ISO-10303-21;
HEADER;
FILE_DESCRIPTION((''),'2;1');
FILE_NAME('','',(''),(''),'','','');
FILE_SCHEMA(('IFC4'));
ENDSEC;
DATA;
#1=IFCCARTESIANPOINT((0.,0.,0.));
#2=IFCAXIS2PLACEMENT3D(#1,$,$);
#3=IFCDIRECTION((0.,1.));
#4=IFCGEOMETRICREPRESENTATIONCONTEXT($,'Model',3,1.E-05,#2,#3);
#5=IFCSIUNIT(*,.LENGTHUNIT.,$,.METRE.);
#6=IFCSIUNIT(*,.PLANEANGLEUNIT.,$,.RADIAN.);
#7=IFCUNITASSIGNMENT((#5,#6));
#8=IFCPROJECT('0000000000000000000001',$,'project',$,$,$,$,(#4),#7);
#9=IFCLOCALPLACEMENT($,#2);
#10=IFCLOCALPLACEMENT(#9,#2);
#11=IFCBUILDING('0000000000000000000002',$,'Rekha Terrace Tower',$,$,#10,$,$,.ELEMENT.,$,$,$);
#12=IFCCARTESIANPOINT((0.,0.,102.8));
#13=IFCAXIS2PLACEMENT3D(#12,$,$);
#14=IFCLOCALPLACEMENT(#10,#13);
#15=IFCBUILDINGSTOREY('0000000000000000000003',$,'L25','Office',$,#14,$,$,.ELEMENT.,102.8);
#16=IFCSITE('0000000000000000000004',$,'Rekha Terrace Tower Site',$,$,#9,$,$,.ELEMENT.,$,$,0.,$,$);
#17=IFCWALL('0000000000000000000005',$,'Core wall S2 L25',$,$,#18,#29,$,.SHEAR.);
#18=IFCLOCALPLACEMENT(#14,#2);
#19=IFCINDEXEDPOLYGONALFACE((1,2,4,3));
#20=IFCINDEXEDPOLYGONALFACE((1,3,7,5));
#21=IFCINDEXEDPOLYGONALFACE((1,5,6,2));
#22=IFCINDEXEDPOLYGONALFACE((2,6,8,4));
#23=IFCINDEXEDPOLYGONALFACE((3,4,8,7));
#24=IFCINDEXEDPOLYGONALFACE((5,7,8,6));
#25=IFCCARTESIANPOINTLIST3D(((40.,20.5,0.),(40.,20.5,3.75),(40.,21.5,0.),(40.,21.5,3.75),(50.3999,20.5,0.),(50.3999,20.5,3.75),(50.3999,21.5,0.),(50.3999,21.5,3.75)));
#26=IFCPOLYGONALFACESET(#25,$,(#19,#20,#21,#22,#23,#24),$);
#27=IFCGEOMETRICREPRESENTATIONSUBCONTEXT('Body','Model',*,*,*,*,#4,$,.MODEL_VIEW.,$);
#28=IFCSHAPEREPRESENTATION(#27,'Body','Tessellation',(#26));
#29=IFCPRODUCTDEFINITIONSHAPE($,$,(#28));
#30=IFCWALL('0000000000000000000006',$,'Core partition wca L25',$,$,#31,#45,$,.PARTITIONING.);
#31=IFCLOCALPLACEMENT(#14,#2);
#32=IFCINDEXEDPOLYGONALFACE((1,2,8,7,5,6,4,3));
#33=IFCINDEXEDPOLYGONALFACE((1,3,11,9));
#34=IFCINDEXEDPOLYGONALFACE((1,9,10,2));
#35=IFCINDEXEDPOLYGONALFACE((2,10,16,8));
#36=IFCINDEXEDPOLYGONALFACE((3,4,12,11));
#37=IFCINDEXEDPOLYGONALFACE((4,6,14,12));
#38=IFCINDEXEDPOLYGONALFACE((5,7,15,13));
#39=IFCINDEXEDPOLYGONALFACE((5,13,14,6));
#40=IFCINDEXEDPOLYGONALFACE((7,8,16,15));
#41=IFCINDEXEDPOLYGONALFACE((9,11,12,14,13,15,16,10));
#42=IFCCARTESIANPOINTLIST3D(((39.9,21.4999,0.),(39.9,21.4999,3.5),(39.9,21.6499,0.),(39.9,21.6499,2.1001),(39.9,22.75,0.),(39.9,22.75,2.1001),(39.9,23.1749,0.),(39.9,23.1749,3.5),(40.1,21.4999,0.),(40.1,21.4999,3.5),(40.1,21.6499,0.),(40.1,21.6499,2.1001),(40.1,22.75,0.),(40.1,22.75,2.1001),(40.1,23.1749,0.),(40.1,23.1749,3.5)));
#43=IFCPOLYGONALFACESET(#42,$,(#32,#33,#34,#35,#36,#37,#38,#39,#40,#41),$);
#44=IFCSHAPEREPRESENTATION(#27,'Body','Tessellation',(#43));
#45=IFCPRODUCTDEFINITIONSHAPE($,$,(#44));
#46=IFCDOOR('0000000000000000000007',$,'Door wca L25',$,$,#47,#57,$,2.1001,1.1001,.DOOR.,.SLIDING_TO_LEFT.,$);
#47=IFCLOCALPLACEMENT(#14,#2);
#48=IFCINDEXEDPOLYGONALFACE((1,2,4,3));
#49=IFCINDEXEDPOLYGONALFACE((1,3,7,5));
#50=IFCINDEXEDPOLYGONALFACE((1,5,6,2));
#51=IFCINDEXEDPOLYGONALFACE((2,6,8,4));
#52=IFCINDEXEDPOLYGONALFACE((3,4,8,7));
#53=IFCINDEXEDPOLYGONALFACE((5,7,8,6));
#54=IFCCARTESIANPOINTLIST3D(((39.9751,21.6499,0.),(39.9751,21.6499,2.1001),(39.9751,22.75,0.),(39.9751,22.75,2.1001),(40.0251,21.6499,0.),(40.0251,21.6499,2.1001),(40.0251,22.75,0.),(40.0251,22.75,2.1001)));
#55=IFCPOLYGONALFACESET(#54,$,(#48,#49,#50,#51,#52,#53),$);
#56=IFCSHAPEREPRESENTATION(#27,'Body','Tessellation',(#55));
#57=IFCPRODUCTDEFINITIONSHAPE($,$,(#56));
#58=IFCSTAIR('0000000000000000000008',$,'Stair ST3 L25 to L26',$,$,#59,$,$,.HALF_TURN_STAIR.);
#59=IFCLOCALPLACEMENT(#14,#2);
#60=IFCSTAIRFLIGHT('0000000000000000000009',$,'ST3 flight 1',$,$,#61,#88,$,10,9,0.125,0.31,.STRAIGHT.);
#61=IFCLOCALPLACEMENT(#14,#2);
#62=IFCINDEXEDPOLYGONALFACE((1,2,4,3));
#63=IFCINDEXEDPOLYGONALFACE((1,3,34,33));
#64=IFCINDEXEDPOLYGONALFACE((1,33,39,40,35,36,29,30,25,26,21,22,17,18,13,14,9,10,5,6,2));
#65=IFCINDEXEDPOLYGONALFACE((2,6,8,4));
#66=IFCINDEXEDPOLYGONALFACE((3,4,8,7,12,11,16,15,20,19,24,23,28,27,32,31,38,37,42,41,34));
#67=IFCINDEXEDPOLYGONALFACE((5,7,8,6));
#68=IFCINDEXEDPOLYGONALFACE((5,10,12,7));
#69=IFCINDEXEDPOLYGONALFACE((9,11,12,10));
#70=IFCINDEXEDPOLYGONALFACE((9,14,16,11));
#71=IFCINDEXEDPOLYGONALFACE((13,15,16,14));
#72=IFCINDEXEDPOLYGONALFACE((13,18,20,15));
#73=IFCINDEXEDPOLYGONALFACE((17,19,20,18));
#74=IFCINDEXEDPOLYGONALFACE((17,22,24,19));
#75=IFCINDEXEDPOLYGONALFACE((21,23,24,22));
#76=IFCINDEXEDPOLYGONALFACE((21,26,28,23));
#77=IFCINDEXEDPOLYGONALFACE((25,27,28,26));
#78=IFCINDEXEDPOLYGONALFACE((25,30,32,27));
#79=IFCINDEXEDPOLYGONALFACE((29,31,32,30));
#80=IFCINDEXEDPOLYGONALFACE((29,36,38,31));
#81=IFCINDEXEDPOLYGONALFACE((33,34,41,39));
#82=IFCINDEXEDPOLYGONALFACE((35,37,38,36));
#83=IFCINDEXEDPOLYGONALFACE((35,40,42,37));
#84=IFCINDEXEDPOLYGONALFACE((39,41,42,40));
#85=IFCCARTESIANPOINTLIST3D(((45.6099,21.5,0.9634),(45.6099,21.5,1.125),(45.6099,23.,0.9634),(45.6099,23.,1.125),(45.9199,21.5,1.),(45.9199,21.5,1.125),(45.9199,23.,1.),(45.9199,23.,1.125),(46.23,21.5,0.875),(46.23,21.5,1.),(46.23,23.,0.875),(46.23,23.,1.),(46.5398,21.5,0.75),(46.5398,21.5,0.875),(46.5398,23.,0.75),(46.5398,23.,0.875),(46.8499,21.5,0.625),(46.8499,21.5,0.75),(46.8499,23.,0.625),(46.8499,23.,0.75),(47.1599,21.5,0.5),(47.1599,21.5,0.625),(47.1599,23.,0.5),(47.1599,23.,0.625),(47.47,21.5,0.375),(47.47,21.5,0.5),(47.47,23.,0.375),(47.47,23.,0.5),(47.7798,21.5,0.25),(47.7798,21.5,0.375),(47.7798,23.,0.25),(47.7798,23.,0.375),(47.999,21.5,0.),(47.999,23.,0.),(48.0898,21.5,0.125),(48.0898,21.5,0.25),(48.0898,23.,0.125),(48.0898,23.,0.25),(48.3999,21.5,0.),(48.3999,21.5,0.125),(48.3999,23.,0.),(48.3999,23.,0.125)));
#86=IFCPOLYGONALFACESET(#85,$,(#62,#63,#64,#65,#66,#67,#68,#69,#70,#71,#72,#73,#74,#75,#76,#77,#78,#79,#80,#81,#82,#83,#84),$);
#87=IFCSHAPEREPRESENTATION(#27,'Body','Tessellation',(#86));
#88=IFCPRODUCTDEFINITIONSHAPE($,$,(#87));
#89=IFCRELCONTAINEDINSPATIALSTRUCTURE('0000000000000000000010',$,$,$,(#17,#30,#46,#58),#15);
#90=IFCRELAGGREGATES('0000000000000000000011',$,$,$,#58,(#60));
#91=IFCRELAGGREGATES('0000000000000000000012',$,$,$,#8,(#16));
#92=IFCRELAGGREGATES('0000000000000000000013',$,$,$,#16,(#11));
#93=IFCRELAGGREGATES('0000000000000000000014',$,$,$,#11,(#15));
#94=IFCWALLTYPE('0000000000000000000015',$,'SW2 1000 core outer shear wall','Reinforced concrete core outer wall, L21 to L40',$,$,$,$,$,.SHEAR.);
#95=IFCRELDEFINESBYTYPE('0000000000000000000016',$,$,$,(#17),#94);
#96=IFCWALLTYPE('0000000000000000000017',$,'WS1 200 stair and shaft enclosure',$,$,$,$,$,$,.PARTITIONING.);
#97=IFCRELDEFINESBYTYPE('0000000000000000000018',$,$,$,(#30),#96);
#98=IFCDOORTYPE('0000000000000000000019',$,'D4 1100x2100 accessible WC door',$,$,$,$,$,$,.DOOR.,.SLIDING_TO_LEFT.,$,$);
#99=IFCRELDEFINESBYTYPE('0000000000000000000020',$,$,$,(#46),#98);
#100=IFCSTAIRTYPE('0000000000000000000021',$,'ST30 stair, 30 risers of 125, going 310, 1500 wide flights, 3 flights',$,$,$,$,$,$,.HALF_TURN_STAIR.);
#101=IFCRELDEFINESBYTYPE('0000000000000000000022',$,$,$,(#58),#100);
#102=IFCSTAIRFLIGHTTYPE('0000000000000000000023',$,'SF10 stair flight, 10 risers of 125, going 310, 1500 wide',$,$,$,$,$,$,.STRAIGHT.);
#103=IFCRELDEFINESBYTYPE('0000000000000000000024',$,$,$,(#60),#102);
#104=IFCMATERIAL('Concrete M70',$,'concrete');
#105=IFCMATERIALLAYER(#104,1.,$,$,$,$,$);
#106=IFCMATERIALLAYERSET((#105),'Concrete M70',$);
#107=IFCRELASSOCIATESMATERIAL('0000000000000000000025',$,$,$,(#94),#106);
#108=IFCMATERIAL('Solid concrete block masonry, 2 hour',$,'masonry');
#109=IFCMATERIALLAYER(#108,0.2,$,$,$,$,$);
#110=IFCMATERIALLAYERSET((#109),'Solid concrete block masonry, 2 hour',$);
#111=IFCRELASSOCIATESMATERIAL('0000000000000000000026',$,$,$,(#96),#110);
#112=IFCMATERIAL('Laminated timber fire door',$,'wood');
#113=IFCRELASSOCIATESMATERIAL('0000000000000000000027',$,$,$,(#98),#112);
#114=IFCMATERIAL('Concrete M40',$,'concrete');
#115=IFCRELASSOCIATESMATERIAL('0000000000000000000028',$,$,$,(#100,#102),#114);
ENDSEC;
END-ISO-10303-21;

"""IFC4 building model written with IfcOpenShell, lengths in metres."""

from ifc_helpers import new_model, si_unit, direction, frame, frame_2d, origin, place, context, subcontext, project, spatial, polyline, rectangle, outline, extrude, material, layer, layer_set, type_object, element, fill, aggregate, save


model = new_model("IFC4")

# Units and contexts
model_context = context("Model", 3, precision=1e-05, world=origin(), true_north=direction((0.0, 1.0)))
body_context = subcontext(model_context, "Body", "Model", "MODEL_VIEW")
ifc_project = project(units=[si_unit("LENGTHUNIT", "METRE"), si_unit("PLANEANGLEUNIT", "RADIAN")], contexts=[model_context])

# Site, building, storey
site_placement = place(None, origin())
site = spatial("IfcSite", under=ifc_project, at=site_placement, Name="Rekha Terrace Tower Site", CompositionType="ELEMENT", RefElevation=0.0)
building_placement = place(site_placement, origin())
building = spatial("IfcBuilding", under=site, at=building_placement, Name="Rekha Terrace Tower", CompositionType="ELEMENT")
storey_placement = place(building_placement, frame((0.0, 0.0, 102.8)))
storey = spatial("IfcBuildingStorey", under=building, at=storey_placement, Name="L25", Description="Office", CompositionType="ELEMENT", Elevation=102.8)

# Shared definitions
ifc_material_1 = material(Name="Concrete M70", Category="concrete")

# Wall
ifc_layer_1 = layer(ifc_material_1, 1.0)
ifc_layer_set_1 = layer_set([ifc_layer_1], Name="Concrete M70")
wall_type_1 = type_object("IfcWallType", Name="SW2 1000 core outer shear wall", Description="Reinforced concrete core outer wall, L21 to L40", PredefinedType="SHEAR", material=ifc_layer_set_1)
wall_1_placement = place(storey_placement, frame((40.0, 21.0, 0.0), z_axis=(0.0, 0.0, 1.0), x_axis=(1.0, 0.0, 0.0)))
element("IfcWall", 1, at=wall_1_placement, inside=storey, type_object=wall_type_1, Name="Core wall S2 L25", PredefinedType="SHEAR", context=body_context, shape_type="SweptSolid", body=[
    extrude(rectangle(XDim=10.3999, YDim=1.0, at=frame_2d((5.2, 0.0))), origin(), (0.0, 0.0, 1.0), 3.75),
])

# Wall, opening, door
ifc_material_2 = material(Name="Solid concrete block masonry, 2 hour", Category="masonry")
ifc_layer_2 = layer(ifc_material_2, 0.2)
ifc_layer_set_2 = layer_set([ifc_layer_2], Name="Solid concrete block masonry, 2 hour")
wall_type_2 = type_object("IfcWallType", Name="WS1 200 stair and shaft enclosure", PredefinedType="PARTITIONING", material=ifc_layer_set_2)
wall_2_placement = place(storey_placement, frame((40.0, 21.5, 0.0), z_axis=(0.0, 0.0, 1.0), x_axis=(0.0, 1.0, 0.0)))
wall_2 = element("IfcWall", 2, at=wall_2_placement, inside=storey, type_object=wall_type_2, Name="Core partition wca L25", PredefinedType="PARTITIONING", context=body_context, shape_type="SweptSolid", body=[
    extrude(rectangle(XDim=1.675, YDim=0.2, at=frame_2d((0.8374, 0.0))), origin(), (0.0, 0.0, 1.0), 3.5),
])
opening_placement = place(wall_2_placement, frame((0.1499, 0.0, 0.0)))
opening = element("IfcOpeningElement", 3, at=opening_placement, cuts=wall_2, PredefinedType="OPENING", context=body_context, shape_type="SweptSolid", body=[
    extrude(rectangle(XDim=1.1001, YDim=2.1001, at=frame_2d((0.55, 1.05))), frame((0.0, 0.1099, 0.0), z_axis=(0.0, -1.0, 0.0), x_axis=(1.0, 0.0, 0.0)), (0.0, 0.0, 1.0), 0.22),
])
ifc_material_3 = material(Name="Laminated timber fire door", Category="wood")
door_type = type_object("IfcDoorType", Name="D4 1100x2100 accessible WC door", OperationType="SLIDING_TO_LEFT", PredefinedType="DOOR", material=ifc_material_3)
door_placement = place(opening_placement, origin())
door = element("IfcDoor", 4, at=door_placement, inside=storey, type_object=door_type, Name="Door wca L25", OperationType="SLIDING_TO_LEFT", OverallHeight=2.1001, OverallWidth=1.1001, PredefinedType="DOOR", context=body_context, shape_type="SweptSolid", body=[
    extrude(rectangle(XDim=1.1001, YDim=2.1001, at=frame_2d((0.55, 1.05))), frame((0.0, 0.0249, 0.0), z_axis=(0.0, -1.0, 0.0), x_axis=(1.0, 0.0, 0.0)), (0.0, 0.0, 1.0), 0.05),
])
fill(opening, door)

# Stair, stair flight
ifc_material_4 = material(Name="Concrete M40", Category="concrete")
stair_type = type_object("IfcStairType", Name="ST30 stair, 30 risers of 125, going 310, 1500 wide flights, 3 flights", PredefinedType="HALF_TURN_STAIR", material=ifc_material_4)
stair_placement = place(storey_placement, origin())
stair = element("IfcStair", 5, at=stair_placement, inside=storey, type_object=stair_type, Name="Stair ST3 L25 to L26", PredefinedType="HALF_TURN_STAIR")
stair_flight_type = type_object("IfcStairFlightType", Name="SF10 stair flight, 10 risers of 125, going 310, 1500 wide", PredefinedType="STRAIGHT", material=ifc_material_4)
stair_flight_placement = place(storey_placement, frame((48.3999, 22.25, 0.0), z_axis=(0.0, 0.0, 1.0), x_axis=(-1.0, 0.0, 0.0)))
stair_flight = element("IfcStairFlight", 6, at=stair_flight_placement, type_object=stair_flight_type, Name="ST3 flight 1", NumberOfRisers=10, NumberOfTreads=9, PredefinedType="STRAIGHT", RiserHeight=0.125, TreadLength=0.31, context=body_context, shape_type="SweptSolid", body=[
    extrude(outline(polyline([(0.0, 0.0), (0.0, 0.125), (0.3101, 0.125), (0.3101, 0.25), (0.6201, 0.25), (0.6201, 0.375), (0.9299, 0.375), (0.9299, 0.5), (1.24, 0.5), (1.24, 0.625), (1.55, 0.625), (1.55, 0.75), (1.8601, 0.75), (1.8601, 0.875), (2.1699, 0.875), (2.1699, 1.0), (2.48, 1.0), (2.48, 1.125), (2.79, 1.125), (2.79, 1.25), (2.79, 0.9634), (0.4009, 0.0), (0.0, 0.0)])), frame((0.0, 0.75, 0.0), z_axis=(0.0, -1.0, 0.0), x_axis=(1.0, 0.0, 0.0)), (0.0, 0.0, 1.0), 1.5),
])
aggregate(stair, [stair_flight])

save(model, "model.ifc")
